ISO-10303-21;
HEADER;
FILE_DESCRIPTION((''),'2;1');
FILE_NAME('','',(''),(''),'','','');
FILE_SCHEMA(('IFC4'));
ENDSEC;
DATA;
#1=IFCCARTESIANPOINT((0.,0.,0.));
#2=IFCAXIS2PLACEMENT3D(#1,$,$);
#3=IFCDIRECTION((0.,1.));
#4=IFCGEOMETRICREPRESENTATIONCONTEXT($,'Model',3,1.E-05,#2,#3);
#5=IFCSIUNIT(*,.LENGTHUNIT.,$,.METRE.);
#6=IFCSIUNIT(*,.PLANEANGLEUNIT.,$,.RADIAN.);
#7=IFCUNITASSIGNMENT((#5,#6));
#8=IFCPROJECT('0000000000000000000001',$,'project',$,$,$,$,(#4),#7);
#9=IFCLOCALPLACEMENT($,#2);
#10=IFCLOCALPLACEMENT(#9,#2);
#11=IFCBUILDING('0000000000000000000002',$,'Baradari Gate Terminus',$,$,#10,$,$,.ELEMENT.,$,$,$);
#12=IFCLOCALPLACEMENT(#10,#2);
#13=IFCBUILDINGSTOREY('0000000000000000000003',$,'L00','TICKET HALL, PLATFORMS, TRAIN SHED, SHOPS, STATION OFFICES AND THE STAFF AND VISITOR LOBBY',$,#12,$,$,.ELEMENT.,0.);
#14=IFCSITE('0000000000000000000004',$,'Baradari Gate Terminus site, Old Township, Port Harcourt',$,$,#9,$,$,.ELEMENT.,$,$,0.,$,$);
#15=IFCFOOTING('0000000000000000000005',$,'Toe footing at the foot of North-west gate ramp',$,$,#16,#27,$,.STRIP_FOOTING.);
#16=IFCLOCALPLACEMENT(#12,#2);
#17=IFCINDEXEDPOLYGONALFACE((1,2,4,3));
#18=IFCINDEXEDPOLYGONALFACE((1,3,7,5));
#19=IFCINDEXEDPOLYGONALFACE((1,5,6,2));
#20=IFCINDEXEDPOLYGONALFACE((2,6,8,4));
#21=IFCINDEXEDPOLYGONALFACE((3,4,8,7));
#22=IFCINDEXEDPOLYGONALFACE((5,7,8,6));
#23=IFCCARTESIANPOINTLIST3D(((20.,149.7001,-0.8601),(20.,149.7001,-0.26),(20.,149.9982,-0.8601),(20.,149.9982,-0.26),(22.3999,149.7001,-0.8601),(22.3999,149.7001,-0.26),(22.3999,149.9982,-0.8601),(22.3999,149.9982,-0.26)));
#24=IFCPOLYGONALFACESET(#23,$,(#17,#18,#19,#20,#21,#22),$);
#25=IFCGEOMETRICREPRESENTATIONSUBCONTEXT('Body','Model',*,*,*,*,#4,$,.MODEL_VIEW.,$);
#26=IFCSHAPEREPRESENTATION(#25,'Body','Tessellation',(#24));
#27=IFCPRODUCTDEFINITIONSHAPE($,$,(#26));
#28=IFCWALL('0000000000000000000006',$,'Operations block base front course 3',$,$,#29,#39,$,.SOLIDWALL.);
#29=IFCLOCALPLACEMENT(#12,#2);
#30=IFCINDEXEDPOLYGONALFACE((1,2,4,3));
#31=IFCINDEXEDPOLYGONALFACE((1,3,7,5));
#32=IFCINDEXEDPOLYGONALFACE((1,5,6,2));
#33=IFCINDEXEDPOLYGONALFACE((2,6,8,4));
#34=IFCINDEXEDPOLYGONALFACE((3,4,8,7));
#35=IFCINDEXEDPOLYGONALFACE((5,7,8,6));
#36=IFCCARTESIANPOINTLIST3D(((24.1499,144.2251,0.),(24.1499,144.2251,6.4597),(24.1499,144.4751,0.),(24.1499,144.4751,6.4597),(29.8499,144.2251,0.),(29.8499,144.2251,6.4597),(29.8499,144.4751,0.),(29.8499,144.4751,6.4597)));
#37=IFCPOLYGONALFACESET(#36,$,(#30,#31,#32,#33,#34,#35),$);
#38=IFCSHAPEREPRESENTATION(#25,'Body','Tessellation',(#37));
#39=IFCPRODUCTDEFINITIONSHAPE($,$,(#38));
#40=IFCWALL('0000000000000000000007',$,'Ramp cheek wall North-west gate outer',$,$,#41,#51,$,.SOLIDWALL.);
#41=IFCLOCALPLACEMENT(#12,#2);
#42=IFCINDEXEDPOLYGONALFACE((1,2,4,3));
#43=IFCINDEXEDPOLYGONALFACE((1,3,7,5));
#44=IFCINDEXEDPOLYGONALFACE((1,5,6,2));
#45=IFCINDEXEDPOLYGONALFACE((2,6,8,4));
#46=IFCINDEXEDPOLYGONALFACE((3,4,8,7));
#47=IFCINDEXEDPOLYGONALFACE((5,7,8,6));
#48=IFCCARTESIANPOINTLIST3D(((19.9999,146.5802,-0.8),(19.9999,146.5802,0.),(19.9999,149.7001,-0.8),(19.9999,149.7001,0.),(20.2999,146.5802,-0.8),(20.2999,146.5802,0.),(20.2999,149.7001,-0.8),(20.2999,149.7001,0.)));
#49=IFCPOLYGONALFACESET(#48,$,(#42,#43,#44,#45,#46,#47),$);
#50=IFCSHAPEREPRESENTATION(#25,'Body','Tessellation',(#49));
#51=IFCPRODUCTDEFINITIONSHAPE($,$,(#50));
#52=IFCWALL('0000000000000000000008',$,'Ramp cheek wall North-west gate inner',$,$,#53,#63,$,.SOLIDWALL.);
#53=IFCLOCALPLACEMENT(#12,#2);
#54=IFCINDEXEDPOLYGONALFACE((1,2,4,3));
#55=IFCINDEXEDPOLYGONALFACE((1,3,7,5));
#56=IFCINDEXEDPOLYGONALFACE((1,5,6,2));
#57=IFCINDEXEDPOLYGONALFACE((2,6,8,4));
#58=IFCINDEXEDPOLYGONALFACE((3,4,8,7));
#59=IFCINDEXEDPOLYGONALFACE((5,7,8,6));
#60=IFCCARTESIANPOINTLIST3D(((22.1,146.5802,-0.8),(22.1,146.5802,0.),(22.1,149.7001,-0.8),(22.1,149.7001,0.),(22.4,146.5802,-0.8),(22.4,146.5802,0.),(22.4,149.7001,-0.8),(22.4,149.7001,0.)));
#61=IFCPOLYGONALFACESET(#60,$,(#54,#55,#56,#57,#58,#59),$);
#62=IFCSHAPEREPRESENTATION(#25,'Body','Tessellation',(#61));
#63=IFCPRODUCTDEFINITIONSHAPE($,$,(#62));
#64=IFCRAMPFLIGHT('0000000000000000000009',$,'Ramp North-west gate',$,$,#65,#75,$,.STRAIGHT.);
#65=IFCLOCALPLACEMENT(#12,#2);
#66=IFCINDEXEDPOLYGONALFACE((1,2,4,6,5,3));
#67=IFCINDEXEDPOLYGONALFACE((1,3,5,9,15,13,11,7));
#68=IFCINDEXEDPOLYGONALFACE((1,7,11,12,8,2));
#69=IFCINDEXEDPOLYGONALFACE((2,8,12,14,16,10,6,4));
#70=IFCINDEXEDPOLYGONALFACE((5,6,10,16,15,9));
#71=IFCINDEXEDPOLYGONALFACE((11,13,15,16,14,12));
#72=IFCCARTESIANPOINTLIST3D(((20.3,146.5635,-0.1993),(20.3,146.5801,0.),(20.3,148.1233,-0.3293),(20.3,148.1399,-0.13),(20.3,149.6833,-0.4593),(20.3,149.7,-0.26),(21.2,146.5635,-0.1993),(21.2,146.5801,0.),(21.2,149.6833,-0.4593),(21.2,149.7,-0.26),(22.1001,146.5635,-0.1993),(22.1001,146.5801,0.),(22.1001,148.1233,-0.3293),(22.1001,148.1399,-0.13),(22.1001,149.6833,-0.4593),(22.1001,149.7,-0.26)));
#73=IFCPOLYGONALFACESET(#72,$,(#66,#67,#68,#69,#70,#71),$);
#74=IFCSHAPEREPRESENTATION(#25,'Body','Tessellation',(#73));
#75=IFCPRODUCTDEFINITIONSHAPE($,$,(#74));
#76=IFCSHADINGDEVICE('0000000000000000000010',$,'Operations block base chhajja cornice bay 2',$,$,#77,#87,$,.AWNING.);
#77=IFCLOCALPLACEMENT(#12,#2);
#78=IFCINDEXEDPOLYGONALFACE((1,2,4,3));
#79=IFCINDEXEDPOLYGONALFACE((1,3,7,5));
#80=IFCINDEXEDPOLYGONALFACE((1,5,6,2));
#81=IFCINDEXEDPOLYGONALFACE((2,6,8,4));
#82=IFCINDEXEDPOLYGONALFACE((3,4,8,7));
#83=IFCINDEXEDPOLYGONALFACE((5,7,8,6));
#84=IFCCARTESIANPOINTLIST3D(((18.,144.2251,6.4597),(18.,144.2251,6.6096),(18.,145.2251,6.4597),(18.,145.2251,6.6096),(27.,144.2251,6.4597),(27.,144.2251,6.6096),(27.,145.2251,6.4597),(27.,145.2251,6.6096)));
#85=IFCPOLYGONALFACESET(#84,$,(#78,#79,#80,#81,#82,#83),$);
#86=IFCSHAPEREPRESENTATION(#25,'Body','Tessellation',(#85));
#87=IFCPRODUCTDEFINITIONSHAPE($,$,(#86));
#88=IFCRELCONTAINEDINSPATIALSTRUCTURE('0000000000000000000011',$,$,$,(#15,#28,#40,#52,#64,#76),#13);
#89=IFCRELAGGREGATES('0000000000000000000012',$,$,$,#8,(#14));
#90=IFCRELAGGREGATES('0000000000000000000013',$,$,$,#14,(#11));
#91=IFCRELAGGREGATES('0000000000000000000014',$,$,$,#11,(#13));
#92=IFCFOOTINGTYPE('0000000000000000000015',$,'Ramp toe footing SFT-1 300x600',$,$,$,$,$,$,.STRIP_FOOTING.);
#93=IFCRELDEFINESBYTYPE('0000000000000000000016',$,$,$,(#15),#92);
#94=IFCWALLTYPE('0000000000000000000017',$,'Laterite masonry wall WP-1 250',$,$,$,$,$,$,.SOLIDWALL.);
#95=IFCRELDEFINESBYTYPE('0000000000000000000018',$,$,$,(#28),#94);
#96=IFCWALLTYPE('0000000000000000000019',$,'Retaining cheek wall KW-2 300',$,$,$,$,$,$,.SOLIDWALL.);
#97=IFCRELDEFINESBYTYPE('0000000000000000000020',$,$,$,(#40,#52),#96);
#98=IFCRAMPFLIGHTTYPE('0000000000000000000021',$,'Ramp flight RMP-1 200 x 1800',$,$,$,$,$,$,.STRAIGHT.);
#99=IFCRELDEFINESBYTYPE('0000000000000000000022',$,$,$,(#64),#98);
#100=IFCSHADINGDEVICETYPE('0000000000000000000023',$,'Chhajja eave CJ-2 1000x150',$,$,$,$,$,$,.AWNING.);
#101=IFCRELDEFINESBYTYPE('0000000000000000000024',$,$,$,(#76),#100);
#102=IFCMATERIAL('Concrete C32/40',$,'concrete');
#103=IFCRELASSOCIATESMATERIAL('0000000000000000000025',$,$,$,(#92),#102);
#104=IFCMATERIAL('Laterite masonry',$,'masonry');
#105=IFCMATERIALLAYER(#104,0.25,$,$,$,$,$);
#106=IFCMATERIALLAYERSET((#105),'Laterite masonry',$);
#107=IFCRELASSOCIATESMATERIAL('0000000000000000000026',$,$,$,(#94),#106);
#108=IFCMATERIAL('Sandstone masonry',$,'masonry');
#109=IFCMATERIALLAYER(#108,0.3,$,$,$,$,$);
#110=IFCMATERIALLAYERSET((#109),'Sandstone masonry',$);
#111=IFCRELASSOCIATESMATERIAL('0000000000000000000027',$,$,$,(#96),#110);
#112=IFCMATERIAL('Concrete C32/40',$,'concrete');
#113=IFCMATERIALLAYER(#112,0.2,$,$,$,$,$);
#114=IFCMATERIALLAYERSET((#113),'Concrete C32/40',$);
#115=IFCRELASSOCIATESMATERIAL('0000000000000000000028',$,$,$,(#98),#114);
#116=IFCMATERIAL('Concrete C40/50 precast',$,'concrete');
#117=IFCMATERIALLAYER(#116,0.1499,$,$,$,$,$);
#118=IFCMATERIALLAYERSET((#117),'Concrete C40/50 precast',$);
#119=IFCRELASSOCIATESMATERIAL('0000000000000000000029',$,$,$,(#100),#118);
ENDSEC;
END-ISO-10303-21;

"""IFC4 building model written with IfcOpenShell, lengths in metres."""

from ifc_helpers import new_model, si_unit, direction, frame, frame_2d, origin, origin_2d, place, context, subcontext, project, spatial, polyline, rectangle, outline, extrude, material, layer, layer_set, type_object, element, save


model = new_model("IFC4")

# Units and contexts
model_context = context("Model", 3, precision=1e-05, world=origin(), true_north=direction((0.0, 1.0)))
body_context = subcontext(model_context, "Body", "Model", "MODEL_VIEW")
ifc_project = project(units=[si_unit("LENGTHUNIT", "METRE"), si_unit("PLANEANGLEUNIT", "RADIAN")], contexts=[model_context])

# Site, building, storey
site_placement = place(None, origin())
site = spatial("IfcSite", under=ifc_project, at=site_placement, Name="Baradari Gate Terminus site, Old Township, Port Harcourt", CompositionType="ELEMENT", RefElevation=0.0)
building_placement = place(site_placement, origin())
building = spatial("IfcBuilding", under=site, at=building_placement, Name="Baradari Gate Terminus", CompositionType="ELEMENT")
storey_placement = place(building_placement, origin())
storey = spatial("IfcBuildingStorey", under=building, at=storey_placement, Name="L00", Description="TICKET HALL, PLATFORMS, TRAIN SHED, SHOPS, STATION OFFICES AND THE STAFF AND VISITOR LOBBY", CompositionType="ELEMENT", Elevation=0.0)

# Footing
ifc_material_1 = material(Name="Concrete C32/40", Category="concrete")
footing_type_1 = type_object("IfcFootingType", Name="Ramp toe footing SFT-1 300x600", PredefinedType="STRIP_FOOTING", material=ifc_material_1)
footing_1_placement = place(storey_placement, frame((21.2, 149.8491, -0.8601), z_axis=(0.0, 0.0, 1.0), x_axis=(1.0, 0.0, 0.0)))
element("IfcFooting", 1, at=footing_1_placement, inside=storey, type_object=footing_type_1, Name="Toe footing at the foot of North-west gate ramp", PredefinedType="STRIP_FOOTING", context=body_context, shape_type="SweptSolid", body=[
    extrude(rectangle(XDim=2.3999, YDim=0.2981, at=origin_2d()), origin(), (0.0, 0.0, 1.0), 0.6001),
])

# Walls
ifc_material_2 = material(Name="Laterite masonry", Category="masonry")
ifc_layer_1 = layer(ifc_material_2, 0.25)
ifc_layer_set_1 = layer_set([ifc_layer_1], Name="Laterite masonry")
wall_type_1 = type_object("IfcWallType", Name="Laterite masonry wall WP-1 250", PredefinedType="SOLIDWALL", material=ifc_layer_set_1)
wall_placement = place(storey_placement, frame((24.1499, 144.3501, 0.0), z_axis=(0.0, 0.0, 1.0), x_axis=(1.0, 0.0, 0.0)))
element("IfcWall", 2, at=wall_placement, inside=storey, type_object=wall_type_1, Name="Operations block base front course 3", PredefinedType="SOLIDWALL", context=body_context, shape_type="SweptSolid", body=[
    extrude(outline(polyline([(5.7, 0.0), (5.7, 6.4597), (0.0, 6.4597), (0.0, 0.0), (5.7, 0.0)])), frame((0.0, 0.125, 0.0), z_axis=(0.0, -1.0, 0.0), x_axis=(1.0, 0.0, 0.0)), (0.0, 0.0, 1.0), 0.25),
])
ifc_material_3 = material(Name="Sandstone masonry", Category="masonry")
ifc_layer_2 = layer(ifc_material_3, 0.3)
ifc_layer_set_2 = layer_set([ifc_layer_2], Name="Sandstone masonry")
wall_type_2 = type_object("IfcWallType", Name="Retaining cheek wall KW-2 300", PredefinedType="SOLIDWALL", material=ifc_layer_set_2)
for number, where, z_axis, x_axis, name in (
    (3, (20.1499, 146.5801, -0.8), (0.0, 0.0, 1.0), (0.0, 1.0, 0.0), "Ramp cheek wall North-west gate outer"),
    (4, (22.25, 146.5801, -0.8), (0.0, 0.0, 1.0), (0.0, 1.0, 0.0), "Ramp cheek wall North-west gate inner"),
):
    element("IfcWall", number, at=place(storey_placement, frame(where, z_axis=z_axis, x_axis=x_axis)), inside=storey, type_object=wall_type_2, Name=name, PredefinedType="SOLIDWALL", context=body_context, shape_type="SweptSolid", body=[
        extrude(rectangle(XDim=3.1199, YDim=0.3, at=frame_2d((1.5601, 0.0))), origin(), (0.0, 0.0, 1.0), 0.8),
    ])

# Ramp flight
ifc_material_4 = material(Name="Concrete C32/40", Category="concrete")
ifc_layer_3 = layer(ifc_material_4, 0.2)
ifc_layer_set_3 = layer_set([ifc_layer_3], Name="Concrete C32/40")
ramp_flight_type = type_object("IfcRampFlightType", Name="Ramp flight RMP-1 200 x 1800", PredefinedType="STRAIGHT", material=ifc_layer_set_3)
ramp_flight_placement = place(storey_placement, frame((20.3, 149.7, -0.26), z_axis=(0.0, 0.083052, 0.996545), x_axis=(1.0, 0.0, 0.0)))
element("IfcRampFlight", 5, at=ramp_flight_placement, inside=storey, type_object=ramp_flight_type, Name="Ramp North-west gate", PredefinedType="STRAIGHT", context=body_context, shape_type="SweptSolid", body=[
    extrude(outline(polyline([(0.0, 0.0), (0.8999, 0.0), (1.8, 0.0), (1.8, -1.5655), (1.8, -3.1307), (0.8999, -3.1307), (0.0, -3.1307), (0.0, -1.5655), (0.0, 0.0)])), origin(), (0.0, 0.0, -1.0), 0.2),
])

# Shading device
ifc_material_5 = material(Name="Concrete C40/50 precast", Category="concrete")
ifc_layer_4 = layer(ifc_material_5, 0.1499)
ifc_layer_set_4 = layer_set([ifc_layer_4], Name="Concrete C40/50 precast")
shading_device_type = type_object("IfcShadingDeviceType", Name="Chhajja eave CJ-2 1000x150", PredefinedType="AWNING", material=ifc_layer_set_4)
shading_device_placement = place(storey_placement, frame((22.5, 144.7251, 6.4597), z_axis=(0.0, 0.0, 1.0), x_axis=(1.0, 0.0, 0.0)))
element("IfcShadingDevice", 6, at=shading_device_placement, inside=storey, type_object=shading_device_type, Name="Operations block base chhajja cornice bay 2", PredefinedType="AWNING", context=body_context, shape_type="SweptSolid", body=[
    extrude(rectangle(XDim=9.0, YDim=1.0, at=origin_2d()), origin(), (0.0, 0.0, 1.0), 0.1499),
])

save(model, "model.ifc")
